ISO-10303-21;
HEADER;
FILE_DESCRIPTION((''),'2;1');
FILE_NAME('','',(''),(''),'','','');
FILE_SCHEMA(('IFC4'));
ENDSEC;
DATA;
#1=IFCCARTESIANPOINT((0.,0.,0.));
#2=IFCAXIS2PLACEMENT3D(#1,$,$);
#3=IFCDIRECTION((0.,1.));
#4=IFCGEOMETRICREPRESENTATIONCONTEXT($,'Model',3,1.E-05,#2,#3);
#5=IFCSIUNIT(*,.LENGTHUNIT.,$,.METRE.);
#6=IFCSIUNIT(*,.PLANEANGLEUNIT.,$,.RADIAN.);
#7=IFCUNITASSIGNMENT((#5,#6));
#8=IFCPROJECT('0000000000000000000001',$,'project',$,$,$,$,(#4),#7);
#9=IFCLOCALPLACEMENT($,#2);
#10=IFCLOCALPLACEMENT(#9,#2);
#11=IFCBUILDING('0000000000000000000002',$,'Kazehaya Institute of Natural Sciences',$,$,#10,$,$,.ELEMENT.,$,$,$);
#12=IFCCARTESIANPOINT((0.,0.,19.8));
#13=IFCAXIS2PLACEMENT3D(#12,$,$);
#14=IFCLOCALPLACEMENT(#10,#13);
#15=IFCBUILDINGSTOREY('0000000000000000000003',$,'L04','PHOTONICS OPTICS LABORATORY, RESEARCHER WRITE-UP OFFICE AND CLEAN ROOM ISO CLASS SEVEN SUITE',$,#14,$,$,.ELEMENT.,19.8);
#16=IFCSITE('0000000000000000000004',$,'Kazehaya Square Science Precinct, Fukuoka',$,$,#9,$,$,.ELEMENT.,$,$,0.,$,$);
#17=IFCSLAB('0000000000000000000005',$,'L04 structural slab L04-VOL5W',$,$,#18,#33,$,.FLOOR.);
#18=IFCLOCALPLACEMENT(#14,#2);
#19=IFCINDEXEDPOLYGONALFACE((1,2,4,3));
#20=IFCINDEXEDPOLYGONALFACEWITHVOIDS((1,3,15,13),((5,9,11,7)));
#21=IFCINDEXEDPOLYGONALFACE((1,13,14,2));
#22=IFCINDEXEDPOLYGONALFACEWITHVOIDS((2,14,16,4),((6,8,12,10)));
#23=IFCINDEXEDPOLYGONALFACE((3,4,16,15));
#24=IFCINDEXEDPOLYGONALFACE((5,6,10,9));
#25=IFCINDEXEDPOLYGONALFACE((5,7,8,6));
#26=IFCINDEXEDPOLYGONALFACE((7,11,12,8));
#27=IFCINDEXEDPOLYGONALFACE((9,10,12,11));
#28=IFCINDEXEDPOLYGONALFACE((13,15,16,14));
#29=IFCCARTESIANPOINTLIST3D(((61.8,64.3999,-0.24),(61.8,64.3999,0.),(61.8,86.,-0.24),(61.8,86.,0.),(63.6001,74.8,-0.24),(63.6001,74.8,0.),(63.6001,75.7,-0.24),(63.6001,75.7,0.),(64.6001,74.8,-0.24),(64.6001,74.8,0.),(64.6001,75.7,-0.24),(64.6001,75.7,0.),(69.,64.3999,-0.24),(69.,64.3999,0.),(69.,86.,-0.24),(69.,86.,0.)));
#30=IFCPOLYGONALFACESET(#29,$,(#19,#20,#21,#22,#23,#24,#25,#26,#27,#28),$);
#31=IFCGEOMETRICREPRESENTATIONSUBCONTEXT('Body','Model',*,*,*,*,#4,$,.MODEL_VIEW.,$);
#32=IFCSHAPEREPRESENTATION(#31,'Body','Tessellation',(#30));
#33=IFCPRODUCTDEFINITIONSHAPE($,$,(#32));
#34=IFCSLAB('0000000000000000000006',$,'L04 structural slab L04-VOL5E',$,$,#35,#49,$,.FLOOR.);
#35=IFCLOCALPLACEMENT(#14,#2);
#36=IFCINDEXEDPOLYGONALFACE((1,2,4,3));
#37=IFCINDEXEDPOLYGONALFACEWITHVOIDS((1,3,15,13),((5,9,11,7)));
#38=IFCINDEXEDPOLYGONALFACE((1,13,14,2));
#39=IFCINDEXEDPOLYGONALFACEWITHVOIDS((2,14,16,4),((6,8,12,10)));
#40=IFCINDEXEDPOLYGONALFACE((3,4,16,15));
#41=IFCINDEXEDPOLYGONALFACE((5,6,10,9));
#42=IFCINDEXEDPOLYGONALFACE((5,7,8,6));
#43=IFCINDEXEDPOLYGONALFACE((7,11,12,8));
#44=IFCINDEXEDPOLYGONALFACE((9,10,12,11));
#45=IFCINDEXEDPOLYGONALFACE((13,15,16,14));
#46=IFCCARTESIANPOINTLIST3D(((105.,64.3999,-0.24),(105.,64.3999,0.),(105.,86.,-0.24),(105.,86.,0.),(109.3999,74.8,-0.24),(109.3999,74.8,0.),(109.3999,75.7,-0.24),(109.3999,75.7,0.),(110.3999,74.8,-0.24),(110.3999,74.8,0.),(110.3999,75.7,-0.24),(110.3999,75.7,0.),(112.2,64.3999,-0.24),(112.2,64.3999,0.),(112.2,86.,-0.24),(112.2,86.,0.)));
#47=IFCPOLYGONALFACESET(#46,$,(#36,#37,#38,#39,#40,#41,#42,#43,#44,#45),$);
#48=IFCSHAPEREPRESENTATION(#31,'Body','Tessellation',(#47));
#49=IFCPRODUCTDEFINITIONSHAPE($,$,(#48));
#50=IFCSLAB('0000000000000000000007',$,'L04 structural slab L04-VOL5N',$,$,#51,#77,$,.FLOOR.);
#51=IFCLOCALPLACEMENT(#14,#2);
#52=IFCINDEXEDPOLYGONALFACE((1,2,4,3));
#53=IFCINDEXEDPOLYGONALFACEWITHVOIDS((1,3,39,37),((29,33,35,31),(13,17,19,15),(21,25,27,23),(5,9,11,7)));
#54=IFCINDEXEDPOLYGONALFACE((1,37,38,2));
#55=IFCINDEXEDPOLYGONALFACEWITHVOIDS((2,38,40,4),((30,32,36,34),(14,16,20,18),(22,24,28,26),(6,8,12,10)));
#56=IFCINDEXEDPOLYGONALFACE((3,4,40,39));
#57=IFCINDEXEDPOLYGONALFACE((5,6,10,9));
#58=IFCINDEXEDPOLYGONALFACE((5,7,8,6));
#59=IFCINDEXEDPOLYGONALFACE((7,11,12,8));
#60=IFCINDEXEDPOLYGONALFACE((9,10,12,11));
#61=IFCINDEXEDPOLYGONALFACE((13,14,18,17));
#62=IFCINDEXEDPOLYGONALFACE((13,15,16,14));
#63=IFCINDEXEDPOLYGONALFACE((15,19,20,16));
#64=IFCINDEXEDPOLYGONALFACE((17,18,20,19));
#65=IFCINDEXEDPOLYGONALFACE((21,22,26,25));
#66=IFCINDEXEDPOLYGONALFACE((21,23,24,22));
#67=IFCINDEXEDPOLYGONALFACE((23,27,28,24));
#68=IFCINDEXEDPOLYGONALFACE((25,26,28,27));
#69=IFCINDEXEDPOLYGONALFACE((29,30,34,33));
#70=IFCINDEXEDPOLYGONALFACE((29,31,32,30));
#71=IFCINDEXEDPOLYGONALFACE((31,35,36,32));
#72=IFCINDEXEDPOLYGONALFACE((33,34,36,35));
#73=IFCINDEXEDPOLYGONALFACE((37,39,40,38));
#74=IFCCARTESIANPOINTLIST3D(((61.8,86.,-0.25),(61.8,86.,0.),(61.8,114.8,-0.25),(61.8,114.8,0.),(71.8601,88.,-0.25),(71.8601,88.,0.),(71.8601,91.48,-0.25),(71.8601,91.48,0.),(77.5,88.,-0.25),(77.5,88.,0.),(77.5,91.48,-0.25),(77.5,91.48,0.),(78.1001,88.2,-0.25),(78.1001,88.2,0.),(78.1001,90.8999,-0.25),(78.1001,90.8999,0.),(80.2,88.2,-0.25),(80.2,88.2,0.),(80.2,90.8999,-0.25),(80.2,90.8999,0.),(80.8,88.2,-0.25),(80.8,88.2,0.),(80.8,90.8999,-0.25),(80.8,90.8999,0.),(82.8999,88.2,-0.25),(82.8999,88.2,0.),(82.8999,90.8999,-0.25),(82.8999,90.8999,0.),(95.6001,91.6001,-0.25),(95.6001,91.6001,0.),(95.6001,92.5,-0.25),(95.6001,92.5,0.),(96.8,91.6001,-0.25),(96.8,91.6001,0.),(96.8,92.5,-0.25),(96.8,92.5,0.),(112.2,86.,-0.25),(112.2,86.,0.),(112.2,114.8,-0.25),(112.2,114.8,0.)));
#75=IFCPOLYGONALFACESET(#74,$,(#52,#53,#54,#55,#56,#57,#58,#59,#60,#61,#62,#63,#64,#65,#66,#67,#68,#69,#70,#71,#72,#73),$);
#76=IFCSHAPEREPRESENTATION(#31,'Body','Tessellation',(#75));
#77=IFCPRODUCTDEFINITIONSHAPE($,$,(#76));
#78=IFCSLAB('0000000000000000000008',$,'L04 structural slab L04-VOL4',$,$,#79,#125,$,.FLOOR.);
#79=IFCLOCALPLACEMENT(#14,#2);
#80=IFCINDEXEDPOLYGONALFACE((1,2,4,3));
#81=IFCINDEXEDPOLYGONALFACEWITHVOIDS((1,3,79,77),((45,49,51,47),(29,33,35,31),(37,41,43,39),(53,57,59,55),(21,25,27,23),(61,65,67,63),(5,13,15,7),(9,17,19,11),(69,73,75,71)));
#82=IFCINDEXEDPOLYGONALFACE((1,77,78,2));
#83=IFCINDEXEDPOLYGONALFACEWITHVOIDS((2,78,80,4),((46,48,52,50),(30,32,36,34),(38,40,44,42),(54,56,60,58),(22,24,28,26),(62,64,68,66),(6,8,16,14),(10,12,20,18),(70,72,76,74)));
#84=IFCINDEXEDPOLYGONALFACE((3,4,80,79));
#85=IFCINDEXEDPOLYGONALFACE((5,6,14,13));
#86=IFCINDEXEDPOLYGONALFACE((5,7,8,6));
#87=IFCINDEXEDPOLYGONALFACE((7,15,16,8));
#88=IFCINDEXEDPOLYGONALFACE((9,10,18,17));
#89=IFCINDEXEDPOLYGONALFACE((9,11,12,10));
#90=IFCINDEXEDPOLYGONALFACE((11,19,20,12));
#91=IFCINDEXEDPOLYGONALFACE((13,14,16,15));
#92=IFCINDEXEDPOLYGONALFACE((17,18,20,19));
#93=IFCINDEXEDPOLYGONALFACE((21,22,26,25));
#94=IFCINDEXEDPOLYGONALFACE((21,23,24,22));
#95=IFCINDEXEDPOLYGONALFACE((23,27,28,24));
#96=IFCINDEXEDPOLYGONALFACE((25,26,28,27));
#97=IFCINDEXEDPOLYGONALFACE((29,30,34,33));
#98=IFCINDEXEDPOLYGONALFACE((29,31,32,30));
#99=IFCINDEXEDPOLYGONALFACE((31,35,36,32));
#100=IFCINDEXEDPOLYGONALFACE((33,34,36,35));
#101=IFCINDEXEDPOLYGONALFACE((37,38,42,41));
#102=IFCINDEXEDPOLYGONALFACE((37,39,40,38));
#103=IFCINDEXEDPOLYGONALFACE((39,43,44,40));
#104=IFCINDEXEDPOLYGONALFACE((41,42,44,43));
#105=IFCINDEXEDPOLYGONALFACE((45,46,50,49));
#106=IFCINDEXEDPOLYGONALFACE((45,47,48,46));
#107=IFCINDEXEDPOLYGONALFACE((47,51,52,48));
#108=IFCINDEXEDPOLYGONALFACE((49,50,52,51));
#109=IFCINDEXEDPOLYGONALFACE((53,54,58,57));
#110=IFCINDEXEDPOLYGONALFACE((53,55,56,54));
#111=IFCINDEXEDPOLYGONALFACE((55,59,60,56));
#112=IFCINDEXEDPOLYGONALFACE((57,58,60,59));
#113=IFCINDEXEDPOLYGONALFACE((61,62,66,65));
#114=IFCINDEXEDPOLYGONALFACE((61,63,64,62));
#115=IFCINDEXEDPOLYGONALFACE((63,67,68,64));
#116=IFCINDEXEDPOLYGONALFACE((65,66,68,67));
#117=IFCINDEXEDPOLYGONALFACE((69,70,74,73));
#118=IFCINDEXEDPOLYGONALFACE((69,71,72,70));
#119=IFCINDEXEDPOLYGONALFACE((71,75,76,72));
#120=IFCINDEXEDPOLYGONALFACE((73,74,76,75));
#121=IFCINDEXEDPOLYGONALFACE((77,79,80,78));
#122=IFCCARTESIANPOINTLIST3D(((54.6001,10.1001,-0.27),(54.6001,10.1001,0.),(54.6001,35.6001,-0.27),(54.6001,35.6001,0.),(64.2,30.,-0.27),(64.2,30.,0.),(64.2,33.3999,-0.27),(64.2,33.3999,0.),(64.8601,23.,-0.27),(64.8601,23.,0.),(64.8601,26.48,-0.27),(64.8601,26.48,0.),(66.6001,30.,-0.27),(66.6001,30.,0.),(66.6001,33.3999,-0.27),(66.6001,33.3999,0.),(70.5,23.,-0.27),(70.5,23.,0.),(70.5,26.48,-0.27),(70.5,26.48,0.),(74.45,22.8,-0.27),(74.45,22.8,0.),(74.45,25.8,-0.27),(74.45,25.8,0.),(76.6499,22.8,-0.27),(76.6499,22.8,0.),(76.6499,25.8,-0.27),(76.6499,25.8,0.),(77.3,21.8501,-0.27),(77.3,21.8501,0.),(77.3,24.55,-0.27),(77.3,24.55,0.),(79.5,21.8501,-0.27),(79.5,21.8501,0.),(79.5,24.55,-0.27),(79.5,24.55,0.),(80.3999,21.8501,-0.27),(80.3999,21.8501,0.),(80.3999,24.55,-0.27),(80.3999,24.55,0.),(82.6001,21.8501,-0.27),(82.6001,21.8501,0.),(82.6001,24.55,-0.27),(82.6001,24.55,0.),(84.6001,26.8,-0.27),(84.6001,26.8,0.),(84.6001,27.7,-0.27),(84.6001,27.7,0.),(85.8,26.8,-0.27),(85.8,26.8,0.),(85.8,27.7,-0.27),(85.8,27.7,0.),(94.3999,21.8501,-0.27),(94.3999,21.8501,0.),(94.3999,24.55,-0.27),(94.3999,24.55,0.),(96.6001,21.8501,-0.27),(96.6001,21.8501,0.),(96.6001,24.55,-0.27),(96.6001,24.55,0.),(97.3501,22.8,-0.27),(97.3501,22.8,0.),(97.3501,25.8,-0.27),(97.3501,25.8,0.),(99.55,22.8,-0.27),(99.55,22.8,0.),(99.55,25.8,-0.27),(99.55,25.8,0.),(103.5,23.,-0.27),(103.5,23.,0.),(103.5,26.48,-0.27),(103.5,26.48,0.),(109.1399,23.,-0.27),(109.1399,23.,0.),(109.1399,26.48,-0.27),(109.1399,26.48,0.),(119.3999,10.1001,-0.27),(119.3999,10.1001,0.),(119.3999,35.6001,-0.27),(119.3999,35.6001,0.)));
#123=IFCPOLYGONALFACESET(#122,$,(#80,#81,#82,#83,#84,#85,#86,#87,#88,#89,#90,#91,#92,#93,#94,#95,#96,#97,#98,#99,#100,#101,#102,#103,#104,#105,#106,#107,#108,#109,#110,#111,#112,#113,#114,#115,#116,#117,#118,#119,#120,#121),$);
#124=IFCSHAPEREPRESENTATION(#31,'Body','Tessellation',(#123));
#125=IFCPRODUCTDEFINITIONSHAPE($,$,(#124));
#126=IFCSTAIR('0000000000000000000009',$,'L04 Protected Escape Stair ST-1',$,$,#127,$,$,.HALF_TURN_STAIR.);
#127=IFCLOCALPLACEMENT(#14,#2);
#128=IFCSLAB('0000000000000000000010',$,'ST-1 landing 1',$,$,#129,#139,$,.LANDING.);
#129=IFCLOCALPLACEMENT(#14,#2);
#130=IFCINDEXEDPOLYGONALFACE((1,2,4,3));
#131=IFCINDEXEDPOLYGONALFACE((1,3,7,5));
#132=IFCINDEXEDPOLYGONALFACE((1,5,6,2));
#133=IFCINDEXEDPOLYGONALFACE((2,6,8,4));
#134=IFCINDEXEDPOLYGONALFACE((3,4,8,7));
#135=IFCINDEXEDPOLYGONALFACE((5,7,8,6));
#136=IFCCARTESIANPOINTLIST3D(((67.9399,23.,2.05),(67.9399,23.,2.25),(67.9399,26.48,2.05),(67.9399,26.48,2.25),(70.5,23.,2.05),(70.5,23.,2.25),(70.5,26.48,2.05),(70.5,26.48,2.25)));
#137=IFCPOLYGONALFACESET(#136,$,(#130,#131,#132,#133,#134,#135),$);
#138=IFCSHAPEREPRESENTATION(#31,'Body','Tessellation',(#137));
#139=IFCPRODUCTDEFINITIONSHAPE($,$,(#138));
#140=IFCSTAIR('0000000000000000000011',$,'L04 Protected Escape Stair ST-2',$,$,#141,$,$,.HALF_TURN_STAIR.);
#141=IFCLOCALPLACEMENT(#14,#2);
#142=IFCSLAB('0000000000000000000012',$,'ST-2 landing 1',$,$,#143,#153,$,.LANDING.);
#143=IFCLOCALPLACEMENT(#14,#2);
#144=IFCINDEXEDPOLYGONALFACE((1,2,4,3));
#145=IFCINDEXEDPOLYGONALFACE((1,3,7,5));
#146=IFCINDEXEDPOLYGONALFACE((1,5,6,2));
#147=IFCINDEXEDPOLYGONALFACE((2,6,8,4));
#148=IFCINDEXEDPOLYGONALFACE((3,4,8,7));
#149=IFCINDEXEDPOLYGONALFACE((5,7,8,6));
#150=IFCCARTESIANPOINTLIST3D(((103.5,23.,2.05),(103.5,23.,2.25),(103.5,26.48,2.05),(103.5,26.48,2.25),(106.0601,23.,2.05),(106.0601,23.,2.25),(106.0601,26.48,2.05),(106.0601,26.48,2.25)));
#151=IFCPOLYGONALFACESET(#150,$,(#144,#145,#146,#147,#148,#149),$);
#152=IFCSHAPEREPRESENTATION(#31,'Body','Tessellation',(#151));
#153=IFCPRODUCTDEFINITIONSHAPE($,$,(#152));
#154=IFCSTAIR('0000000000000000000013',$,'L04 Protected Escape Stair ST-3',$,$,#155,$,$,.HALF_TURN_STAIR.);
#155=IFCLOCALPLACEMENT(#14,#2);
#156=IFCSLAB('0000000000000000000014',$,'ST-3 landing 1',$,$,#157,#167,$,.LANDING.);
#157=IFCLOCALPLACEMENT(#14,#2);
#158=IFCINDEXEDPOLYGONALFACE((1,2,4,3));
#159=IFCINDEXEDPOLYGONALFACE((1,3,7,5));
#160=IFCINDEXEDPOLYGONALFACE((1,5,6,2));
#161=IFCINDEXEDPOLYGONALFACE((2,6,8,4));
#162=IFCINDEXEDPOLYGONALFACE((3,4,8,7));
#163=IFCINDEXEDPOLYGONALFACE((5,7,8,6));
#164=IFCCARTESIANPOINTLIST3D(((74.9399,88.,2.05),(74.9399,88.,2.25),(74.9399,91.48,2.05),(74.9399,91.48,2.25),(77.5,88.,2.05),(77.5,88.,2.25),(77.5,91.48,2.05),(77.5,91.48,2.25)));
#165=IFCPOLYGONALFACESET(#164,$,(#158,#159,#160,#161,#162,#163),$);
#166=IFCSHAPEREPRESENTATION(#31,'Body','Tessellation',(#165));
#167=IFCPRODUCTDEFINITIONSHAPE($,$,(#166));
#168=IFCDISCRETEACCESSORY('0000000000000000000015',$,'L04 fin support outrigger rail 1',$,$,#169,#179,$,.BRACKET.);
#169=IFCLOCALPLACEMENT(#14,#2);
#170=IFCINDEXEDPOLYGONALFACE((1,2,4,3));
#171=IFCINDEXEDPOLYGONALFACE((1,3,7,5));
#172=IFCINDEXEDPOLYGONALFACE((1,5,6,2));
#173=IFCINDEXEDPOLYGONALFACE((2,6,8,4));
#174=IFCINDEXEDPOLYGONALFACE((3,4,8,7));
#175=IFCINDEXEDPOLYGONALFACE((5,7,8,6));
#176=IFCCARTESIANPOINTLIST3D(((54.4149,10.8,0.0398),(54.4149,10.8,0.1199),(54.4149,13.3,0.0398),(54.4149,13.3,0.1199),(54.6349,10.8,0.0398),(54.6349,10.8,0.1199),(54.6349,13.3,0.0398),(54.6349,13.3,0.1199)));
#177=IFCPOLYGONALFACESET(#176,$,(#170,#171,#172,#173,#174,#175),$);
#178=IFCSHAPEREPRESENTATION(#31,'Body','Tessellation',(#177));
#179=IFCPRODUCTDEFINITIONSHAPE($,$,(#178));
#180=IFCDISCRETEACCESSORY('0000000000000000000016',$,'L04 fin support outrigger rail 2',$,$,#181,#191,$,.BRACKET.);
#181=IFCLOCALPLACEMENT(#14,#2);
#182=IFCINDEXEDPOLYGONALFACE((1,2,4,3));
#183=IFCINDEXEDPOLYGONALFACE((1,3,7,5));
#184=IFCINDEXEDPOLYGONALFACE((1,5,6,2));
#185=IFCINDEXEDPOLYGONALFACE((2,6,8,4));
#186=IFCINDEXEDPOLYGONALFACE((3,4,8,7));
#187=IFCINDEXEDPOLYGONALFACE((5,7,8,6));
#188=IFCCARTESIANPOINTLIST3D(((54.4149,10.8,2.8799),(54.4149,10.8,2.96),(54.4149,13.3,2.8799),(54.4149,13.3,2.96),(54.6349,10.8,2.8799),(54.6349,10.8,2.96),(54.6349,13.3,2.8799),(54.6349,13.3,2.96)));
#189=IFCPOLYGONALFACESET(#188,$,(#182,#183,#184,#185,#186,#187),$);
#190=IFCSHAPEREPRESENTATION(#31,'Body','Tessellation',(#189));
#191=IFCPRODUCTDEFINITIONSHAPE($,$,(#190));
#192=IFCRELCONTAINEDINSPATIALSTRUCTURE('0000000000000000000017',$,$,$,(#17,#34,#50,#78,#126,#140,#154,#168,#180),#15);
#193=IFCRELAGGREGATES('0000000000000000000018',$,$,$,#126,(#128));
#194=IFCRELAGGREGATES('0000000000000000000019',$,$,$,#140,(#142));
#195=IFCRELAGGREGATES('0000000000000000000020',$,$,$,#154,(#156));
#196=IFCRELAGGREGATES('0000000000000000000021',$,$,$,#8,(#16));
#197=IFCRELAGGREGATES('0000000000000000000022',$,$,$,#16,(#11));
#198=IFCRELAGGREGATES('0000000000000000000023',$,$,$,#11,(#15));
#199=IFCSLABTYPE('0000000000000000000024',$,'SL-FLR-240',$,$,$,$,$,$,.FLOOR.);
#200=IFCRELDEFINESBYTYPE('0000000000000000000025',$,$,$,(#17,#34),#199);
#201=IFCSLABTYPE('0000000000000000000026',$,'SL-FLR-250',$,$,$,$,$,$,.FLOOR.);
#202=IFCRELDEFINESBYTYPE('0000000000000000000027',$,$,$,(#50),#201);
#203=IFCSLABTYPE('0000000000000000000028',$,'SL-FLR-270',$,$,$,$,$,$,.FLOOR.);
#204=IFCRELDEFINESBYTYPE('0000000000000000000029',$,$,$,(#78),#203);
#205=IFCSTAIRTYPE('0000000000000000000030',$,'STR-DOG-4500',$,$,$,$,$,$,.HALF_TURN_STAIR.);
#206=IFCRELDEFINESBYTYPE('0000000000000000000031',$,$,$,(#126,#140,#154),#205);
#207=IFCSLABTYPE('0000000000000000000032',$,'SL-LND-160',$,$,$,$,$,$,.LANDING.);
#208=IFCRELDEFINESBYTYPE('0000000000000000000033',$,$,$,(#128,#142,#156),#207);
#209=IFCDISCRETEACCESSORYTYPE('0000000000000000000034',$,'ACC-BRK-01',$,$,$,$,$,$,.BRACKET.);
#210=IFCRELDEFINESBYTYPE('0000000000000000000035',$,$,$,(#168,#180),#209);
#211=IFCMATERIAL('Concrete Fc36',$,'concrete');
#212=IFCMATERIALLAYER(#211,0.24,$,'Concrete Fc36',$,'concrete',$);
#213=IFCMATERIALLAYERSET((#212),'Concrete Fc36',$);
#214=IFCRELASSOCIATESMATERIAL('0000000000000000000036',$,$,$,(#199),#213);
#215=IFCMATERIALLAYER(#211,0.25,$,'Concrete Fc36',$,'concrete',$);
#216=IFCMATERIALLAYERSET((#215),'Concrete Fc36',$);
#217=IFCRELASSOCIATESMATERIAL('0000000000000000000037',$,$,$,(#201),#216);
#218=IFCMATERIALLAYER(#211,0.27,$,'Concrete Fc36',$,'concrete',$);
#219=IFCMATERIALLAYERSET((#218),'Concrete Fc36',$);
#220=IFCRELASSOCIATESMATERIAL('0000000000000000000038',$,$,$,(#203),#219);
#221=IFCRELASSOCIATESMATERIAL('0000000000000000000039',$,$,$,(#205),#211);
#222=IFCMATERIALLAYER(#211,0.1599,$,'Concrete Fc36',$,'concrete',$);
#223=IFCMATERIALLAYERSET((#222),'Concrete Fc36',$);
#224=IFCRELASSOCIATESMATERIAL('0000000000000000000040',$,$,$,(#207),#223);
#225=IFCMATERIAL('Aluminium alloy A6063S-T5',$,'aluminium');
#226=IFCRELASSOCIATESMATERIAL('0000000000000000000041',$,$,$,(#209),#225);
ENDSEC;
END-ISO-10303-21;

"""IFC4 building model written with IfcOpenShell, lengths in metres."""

from ifc_helpers import new_model, si_unit, direction, frame, origin, origin_2d, place, context, subcontext, project, spatial, polyline, rectangle, outline, extrude, material, layer, layer_set, type_object, element, aggregate, save


model = new_model("IFC4")

# Units and contexts
model_context = context("Model", 3, precision=1e-05, world=origin(), true_north=direction((0.0, 1.0)))
body_context = subcontext(model_context, "Body", "Model", "MODEL_VIEW")
ifc_project = project(units=[si_unit("LENGTHUNIT", "METRE"), si_unit("PLANEANGLEUNIT", "RADIAN")], contexts=[model_context])

# Site, building, storey
site_placement = place(None, origin())
site = spatial("IfcSite", under=ifc_project, at=site_placement, Name="Kazehaya Square Science Precinct, Fukuoka", CompositionType="ELEMENT", RefElevation=0.0)
building_placement = place(site_placement, origin())
building = spatial("IfcBuilding", under=site, at=building_placement, Name="Kazehaya Institute of Natural Sciences", CompositionType="ELEMENT")
storey_placement = place(building_placement, frame((0.0, 0.0, 19.8)))
storey = spatial("IfcBuildingStorey", under=building, at=storey_placement, Name="L04", Description="PHOTONICS OPTICS LABORATORY, RESEARCHER WRITE-UP OFFICE AND CLEAN ROOM ISO CLASS SEVEN SUITE", CompositionType="ELEMENT", Elevation=19.8)

# Shared definitions
ifc_material_1 = material(Name="Concrete Fc36", Category="concrete")

# Shared definitions
ifc_material_2 = material(Name="Aluminium alloy A6063S-T5", Category="aluminium")

# Slabs
ifc_layer_1 = layer(ifc_material_1, 0.24, Name="Concrete Fc36", Category="concrete")
ifc_layer_set_1 = layer_set([ifc_layer_1], Name="Concrete Fc36")
slab_type_1 = type_object("IfcSlabType", Name="SL-FLR-240", PredefinedType="FLOOR", material=ifc_layer_set_1)
slab_1_placement = place(storey_placement, frame((0.0, 0.0, -0.24)))
element("IfcSlab", 1, at=slab_1_placement, inside=storey, type_object=slab_type_1, Name="L04 structural slab L04-VOL5W", PredefinedType="FLOOR", context=body_context, shape_type="SweptSolid", body=[
    extrude(outline(polyline([(61.8, 64.3999), (69.0, 64.3999), (69.0, 86.0), (61.8, 86.0), (61.8, 64.3999)]), holes=[polyline([(63.6001, 74.8), (64.6001, 74.8), (64.6001, 75.7), (63.6001, 75.7), (63.6001, 74.8)])]), origin(), (0.0, 0.0, 1.0), 0.24),
])
slab_2_placement = place(storey_placement, frame((0.0, 0.0, -0.24)))
element("IfcSlab", 2, at=slab_2_placement, inside=storey, type_object=slab_type_1, Name="L04 structural slab L04-VOL5E", PredefinedType="FLOOR", context=body_context, shape_type="SweptSolid", body=[
    extrude(outline(polyline([(105.0, 64.3999), (112.2, 64.3999), (112.2, 86.0), (105.0, 86.0), (105.0, 64.3999)]), holes=[polyline([(109.3999, 74.8), (110.3999, 74.8), (110.3999, 75.7), (109.3999, 75.7), (109.3999, 74.8)])]), origin(), (0.0, 0.0, 1.0), 0.24),
])
ifc_layer_2 = layer(ifc_material_1, 0.25, Name="Concrete Fc36", Category="concrete")
ifc_layer_set_2 = layer_set([ifc_layer_2], Name="Concrete Fc36")
slab_type_2 = type_object("IfcSlabType", Name="SL-FLR-250", PredefinedType="FLOOR", material=ifc_layer_set_2)
slab_3_placement = place(storey_placement, frame((0.0, 0.0, -0.25)))
element("IfcSlab", 3, at=slab_3_placement, inside=storey, type_object=slab_type_2, Name="L04 structural slab L04-VOL5N", PredefinedType="FLOOR", context=body_context, shape_type="SweptSolid", body=[
    extrude(outline(polyline([(61.8, 86.0), (112.2, 86.0), (112.2, 114.8), (61.8, 114.8), (61.8, 86.0)]), holes=[polyline([(95.6001, 91.6001), (96.8, 91.6001), (96.8, 92.5), (95.6001, 92.5), (95.6001, 91.6001)]), polyline([(71.8601, 88.0), (77.5, 88.0), (77.5, 91.48), (71.8601, 91.48), (71.8601, 88.0)]), polyline([(78.1001, 88.2), (80.2, 88.2), (80.2, 90.8999), (78.1001, 90.8999), (78.1001, 88.2)]), polyline([(80.8, 88.2), (82.8999, 88.2), (82.8999, 90.8999), (80.8, 90.8999), (80.8, 88.2)])]), origin(), (0.0, 0.0, 1.0), 0.25),
])
ifc_layer_3 = layer(ifc_material_1, 0.27, Name="Concrete Fc36", Category="concrete")
ifc_layer_set_3 = layer_set([ifc_layer_3], Name="Concrete Fc36")
slab_type_3 = type_object("IfcSlabType", Name="SL-FLR-270", PredefinedType="FLOOR", material=ifc_layer_set_3)
slab_4_placement = place(storey_placement, frame((0.0, 0.0, -0.27)))
element("IfcSlab", 4, at=slab_4_placement, inside=storey, type_object=slab_type_3, Name="L04 structural slab L04-VOL4", PredefinedType="FLOOR", context=body_context, shape_type="SweptSolid", body=[
    extrude(outline(polyline([(54.6001, 10.1001), (119.3999, 10.1001), (119.3999, 35.6001), (54.6001, 35.6001), (54.6001, 10.1001)]), holes=[polyline([(84.6001, 26.8), (85.8, 26.8), (85.8, 27.7), (84.6001, 27.7), (84.6001, 26.8)]), polyline([(64.8601, 23.0), (70.5, 23.0), (70.5, 26.48), (64.8601, 26.48), (64.8601, 23.0)]), polyline([(103.5, 23.0), (109.1399, 23.0), (109.1399, 26.48), (103.5, 26.48), (103.5, 23.0)]), polyline([(74.45, 22.8), (76.6499, 22.8), (76.6499, 25.8), (74.45, 25.8), (74.45, 22.8)]), polyline([(97.3501, 22.8), (99.55, 22.8), (99.55, 25.8), (97.3501, 25.8), (97.3501, 22.8)]), polyline([(77.3, 21.8501), (79.5, 21.8501), (79.5, 24.55), (77.3, 24.55), (77.3, 21.8501)]), polyline([(80.3999, 21.8501), (82.6001, 21.8501), (82.6001, 24.55), (80.3999, 24.55), (80.3999, 21.8501)]), polyline([(94.3999, 21.8501), (96.6001, 21.8501), (96.6001, 24.55), (94.3999, 24.55), (94.3999, 21.8501)]), polyline([(64.2, 30.0), (66.6001, 30.0), (66.6001, 33.3999), (64.2, 33.3999), (64.2, 30.0)])]), origin(), (0.0, 0.0, 1.0), 0.27),
])

# Stairs, slabs
stair_type = type_object("IfcStairType", Name="STR-DOG-4500", PredefinedType="HALF_TURN_STAIR", material=ifc_material_1)
stair_1_placement = place(storey_placement, origin())
stair_1 = element("IfcStair", 5, at=stair_1_placement, inside=storey, type_object=stair_type, Name="L04 Protected Escape Stair ST-1", PredefinedType="HALF_TURN_STAIR")
ifc_layer_4 = layer(ifc_material_1, 0.1599, Name="Concrete Fc36", Category="concrete")
ifc_layer_set_4 = layer_set([ifc_layer_4], Name="Concrete Fc36")
slab_type_4 = type_object("IfcSlabType", Name="SL-LND-160", PredefinedType="LANDING", material=ifc_layer_set_4)
slab_5_placement = place(storey_placement, frame((0.0, 0.0, 2.05)))
slab_5 = element("IfcSlab", 6, at=slab_5_placement, type_object=slab_type_4, Name="ST-1 landing 1", PredefinedType="LANDING", context=body_context, shape_type="SweptSolid", body=[
    extrude(outline(polyline([(67.9399, 23.0), (70.5, 23.0), (70.5, 26.48), (67.9399, 26.48), (67.9399, 23.0)])), origin(), (0.0, 0.0, 1.0), 0.2),
])
aggregate(stair_1, [slab_5])
stair_2_placement = place(storey_placement, origin())
stair_2 = element("IfcStair", 7, at=stair_2_placement, inside=storey, type_object=stair_type, Name="L04 Protected Escape Stair ST-2", PredefinedType="HALF_TURN_STAIR")
slab_6_placement = place(storey_placement, frame((0.0, 0.0, 2.05)))
slab_6 = element("IfcSlab", 8, at=slab_6_placement, type_object=slab_type_4, Name="ST-2 landing 1", PredefinedType="LANDING", context=body_context, shape_type="SweptSolid", body=[
    extrude(outline(polyline([(106.0601, 26.48), (103.5, 26.48), (103.5, 23.0), (106.0601, 23.0), (106.0601, 26.48)])), origin(), (0.0, 0.0, 1.0), 0.2),
])
aggregate(stair_2, [slab_6])
stair_3_placement = place(storey_placement, origin())
stair_3 = element("IfcStair", 9, at=stair_3_placement, inside=storey, type_object=stair_type, Name="L04 Protected Escape Stair ST-3", PredefinedType="HALF_TURN_STAIR")
slab_7_placement = place(storey_placement, frame((0.0, 0.0, 2.05)))
slab_7 = element("IfcSlab", 10, at=slab_7_placement, type_object=slab_type_4, Name="ST-3 landing 1", PredefinedType="LANDING", context=body_context, shape_type="SweptSolid", body=[
    extrude(outline(polyline([(74.9399, 88.0), (77.5, 88.0), (77.5, 91.48), (74.9399, 91.48), (74.9399, 88.0)])), origin(), (0.0, 0.0, 1.0), 0.2),
])
aggregate(stair_3, [slab_7])

# Discrete accessories
discrete_accessory_type = type_object("IfcDiscreteAccessoryType", Name="ACC-BRK-01", PredefinedType="BRACKET", material=ifc_material_2)
for number, where, z_axis, x_axis, name in (
    (11, (54.5249, 12.05, 0.0398), (0.0, 0.0, 1.0), (0.0, 1.0, 0.0), "L04 fin support outrigger rail 1"),
    (12, (54.5249, 12.05, 2.8799), (0.0, 0.0, 1.0), (0.0, 1.0, 0.0), "L04 fin support outrigger rail 2"),
):
    element("IfcDiscreteAccessory", number, at=place(storey_placement, frame(where, z_axis=z_axis, x_axis=x_axis)), inside=storey, type_object=discrete_accessory_type, Name=name, PredefinedType="BRACKET", context=body_context, shape_type="SweptSolid", body=[
        extrude(rectangle(XDim=2.5, YDim=0.22, at=origin_2d()), origin(), (0.0, 0.0, 1.0), 0.0801),
    ])

save(model, "model.ifc")
